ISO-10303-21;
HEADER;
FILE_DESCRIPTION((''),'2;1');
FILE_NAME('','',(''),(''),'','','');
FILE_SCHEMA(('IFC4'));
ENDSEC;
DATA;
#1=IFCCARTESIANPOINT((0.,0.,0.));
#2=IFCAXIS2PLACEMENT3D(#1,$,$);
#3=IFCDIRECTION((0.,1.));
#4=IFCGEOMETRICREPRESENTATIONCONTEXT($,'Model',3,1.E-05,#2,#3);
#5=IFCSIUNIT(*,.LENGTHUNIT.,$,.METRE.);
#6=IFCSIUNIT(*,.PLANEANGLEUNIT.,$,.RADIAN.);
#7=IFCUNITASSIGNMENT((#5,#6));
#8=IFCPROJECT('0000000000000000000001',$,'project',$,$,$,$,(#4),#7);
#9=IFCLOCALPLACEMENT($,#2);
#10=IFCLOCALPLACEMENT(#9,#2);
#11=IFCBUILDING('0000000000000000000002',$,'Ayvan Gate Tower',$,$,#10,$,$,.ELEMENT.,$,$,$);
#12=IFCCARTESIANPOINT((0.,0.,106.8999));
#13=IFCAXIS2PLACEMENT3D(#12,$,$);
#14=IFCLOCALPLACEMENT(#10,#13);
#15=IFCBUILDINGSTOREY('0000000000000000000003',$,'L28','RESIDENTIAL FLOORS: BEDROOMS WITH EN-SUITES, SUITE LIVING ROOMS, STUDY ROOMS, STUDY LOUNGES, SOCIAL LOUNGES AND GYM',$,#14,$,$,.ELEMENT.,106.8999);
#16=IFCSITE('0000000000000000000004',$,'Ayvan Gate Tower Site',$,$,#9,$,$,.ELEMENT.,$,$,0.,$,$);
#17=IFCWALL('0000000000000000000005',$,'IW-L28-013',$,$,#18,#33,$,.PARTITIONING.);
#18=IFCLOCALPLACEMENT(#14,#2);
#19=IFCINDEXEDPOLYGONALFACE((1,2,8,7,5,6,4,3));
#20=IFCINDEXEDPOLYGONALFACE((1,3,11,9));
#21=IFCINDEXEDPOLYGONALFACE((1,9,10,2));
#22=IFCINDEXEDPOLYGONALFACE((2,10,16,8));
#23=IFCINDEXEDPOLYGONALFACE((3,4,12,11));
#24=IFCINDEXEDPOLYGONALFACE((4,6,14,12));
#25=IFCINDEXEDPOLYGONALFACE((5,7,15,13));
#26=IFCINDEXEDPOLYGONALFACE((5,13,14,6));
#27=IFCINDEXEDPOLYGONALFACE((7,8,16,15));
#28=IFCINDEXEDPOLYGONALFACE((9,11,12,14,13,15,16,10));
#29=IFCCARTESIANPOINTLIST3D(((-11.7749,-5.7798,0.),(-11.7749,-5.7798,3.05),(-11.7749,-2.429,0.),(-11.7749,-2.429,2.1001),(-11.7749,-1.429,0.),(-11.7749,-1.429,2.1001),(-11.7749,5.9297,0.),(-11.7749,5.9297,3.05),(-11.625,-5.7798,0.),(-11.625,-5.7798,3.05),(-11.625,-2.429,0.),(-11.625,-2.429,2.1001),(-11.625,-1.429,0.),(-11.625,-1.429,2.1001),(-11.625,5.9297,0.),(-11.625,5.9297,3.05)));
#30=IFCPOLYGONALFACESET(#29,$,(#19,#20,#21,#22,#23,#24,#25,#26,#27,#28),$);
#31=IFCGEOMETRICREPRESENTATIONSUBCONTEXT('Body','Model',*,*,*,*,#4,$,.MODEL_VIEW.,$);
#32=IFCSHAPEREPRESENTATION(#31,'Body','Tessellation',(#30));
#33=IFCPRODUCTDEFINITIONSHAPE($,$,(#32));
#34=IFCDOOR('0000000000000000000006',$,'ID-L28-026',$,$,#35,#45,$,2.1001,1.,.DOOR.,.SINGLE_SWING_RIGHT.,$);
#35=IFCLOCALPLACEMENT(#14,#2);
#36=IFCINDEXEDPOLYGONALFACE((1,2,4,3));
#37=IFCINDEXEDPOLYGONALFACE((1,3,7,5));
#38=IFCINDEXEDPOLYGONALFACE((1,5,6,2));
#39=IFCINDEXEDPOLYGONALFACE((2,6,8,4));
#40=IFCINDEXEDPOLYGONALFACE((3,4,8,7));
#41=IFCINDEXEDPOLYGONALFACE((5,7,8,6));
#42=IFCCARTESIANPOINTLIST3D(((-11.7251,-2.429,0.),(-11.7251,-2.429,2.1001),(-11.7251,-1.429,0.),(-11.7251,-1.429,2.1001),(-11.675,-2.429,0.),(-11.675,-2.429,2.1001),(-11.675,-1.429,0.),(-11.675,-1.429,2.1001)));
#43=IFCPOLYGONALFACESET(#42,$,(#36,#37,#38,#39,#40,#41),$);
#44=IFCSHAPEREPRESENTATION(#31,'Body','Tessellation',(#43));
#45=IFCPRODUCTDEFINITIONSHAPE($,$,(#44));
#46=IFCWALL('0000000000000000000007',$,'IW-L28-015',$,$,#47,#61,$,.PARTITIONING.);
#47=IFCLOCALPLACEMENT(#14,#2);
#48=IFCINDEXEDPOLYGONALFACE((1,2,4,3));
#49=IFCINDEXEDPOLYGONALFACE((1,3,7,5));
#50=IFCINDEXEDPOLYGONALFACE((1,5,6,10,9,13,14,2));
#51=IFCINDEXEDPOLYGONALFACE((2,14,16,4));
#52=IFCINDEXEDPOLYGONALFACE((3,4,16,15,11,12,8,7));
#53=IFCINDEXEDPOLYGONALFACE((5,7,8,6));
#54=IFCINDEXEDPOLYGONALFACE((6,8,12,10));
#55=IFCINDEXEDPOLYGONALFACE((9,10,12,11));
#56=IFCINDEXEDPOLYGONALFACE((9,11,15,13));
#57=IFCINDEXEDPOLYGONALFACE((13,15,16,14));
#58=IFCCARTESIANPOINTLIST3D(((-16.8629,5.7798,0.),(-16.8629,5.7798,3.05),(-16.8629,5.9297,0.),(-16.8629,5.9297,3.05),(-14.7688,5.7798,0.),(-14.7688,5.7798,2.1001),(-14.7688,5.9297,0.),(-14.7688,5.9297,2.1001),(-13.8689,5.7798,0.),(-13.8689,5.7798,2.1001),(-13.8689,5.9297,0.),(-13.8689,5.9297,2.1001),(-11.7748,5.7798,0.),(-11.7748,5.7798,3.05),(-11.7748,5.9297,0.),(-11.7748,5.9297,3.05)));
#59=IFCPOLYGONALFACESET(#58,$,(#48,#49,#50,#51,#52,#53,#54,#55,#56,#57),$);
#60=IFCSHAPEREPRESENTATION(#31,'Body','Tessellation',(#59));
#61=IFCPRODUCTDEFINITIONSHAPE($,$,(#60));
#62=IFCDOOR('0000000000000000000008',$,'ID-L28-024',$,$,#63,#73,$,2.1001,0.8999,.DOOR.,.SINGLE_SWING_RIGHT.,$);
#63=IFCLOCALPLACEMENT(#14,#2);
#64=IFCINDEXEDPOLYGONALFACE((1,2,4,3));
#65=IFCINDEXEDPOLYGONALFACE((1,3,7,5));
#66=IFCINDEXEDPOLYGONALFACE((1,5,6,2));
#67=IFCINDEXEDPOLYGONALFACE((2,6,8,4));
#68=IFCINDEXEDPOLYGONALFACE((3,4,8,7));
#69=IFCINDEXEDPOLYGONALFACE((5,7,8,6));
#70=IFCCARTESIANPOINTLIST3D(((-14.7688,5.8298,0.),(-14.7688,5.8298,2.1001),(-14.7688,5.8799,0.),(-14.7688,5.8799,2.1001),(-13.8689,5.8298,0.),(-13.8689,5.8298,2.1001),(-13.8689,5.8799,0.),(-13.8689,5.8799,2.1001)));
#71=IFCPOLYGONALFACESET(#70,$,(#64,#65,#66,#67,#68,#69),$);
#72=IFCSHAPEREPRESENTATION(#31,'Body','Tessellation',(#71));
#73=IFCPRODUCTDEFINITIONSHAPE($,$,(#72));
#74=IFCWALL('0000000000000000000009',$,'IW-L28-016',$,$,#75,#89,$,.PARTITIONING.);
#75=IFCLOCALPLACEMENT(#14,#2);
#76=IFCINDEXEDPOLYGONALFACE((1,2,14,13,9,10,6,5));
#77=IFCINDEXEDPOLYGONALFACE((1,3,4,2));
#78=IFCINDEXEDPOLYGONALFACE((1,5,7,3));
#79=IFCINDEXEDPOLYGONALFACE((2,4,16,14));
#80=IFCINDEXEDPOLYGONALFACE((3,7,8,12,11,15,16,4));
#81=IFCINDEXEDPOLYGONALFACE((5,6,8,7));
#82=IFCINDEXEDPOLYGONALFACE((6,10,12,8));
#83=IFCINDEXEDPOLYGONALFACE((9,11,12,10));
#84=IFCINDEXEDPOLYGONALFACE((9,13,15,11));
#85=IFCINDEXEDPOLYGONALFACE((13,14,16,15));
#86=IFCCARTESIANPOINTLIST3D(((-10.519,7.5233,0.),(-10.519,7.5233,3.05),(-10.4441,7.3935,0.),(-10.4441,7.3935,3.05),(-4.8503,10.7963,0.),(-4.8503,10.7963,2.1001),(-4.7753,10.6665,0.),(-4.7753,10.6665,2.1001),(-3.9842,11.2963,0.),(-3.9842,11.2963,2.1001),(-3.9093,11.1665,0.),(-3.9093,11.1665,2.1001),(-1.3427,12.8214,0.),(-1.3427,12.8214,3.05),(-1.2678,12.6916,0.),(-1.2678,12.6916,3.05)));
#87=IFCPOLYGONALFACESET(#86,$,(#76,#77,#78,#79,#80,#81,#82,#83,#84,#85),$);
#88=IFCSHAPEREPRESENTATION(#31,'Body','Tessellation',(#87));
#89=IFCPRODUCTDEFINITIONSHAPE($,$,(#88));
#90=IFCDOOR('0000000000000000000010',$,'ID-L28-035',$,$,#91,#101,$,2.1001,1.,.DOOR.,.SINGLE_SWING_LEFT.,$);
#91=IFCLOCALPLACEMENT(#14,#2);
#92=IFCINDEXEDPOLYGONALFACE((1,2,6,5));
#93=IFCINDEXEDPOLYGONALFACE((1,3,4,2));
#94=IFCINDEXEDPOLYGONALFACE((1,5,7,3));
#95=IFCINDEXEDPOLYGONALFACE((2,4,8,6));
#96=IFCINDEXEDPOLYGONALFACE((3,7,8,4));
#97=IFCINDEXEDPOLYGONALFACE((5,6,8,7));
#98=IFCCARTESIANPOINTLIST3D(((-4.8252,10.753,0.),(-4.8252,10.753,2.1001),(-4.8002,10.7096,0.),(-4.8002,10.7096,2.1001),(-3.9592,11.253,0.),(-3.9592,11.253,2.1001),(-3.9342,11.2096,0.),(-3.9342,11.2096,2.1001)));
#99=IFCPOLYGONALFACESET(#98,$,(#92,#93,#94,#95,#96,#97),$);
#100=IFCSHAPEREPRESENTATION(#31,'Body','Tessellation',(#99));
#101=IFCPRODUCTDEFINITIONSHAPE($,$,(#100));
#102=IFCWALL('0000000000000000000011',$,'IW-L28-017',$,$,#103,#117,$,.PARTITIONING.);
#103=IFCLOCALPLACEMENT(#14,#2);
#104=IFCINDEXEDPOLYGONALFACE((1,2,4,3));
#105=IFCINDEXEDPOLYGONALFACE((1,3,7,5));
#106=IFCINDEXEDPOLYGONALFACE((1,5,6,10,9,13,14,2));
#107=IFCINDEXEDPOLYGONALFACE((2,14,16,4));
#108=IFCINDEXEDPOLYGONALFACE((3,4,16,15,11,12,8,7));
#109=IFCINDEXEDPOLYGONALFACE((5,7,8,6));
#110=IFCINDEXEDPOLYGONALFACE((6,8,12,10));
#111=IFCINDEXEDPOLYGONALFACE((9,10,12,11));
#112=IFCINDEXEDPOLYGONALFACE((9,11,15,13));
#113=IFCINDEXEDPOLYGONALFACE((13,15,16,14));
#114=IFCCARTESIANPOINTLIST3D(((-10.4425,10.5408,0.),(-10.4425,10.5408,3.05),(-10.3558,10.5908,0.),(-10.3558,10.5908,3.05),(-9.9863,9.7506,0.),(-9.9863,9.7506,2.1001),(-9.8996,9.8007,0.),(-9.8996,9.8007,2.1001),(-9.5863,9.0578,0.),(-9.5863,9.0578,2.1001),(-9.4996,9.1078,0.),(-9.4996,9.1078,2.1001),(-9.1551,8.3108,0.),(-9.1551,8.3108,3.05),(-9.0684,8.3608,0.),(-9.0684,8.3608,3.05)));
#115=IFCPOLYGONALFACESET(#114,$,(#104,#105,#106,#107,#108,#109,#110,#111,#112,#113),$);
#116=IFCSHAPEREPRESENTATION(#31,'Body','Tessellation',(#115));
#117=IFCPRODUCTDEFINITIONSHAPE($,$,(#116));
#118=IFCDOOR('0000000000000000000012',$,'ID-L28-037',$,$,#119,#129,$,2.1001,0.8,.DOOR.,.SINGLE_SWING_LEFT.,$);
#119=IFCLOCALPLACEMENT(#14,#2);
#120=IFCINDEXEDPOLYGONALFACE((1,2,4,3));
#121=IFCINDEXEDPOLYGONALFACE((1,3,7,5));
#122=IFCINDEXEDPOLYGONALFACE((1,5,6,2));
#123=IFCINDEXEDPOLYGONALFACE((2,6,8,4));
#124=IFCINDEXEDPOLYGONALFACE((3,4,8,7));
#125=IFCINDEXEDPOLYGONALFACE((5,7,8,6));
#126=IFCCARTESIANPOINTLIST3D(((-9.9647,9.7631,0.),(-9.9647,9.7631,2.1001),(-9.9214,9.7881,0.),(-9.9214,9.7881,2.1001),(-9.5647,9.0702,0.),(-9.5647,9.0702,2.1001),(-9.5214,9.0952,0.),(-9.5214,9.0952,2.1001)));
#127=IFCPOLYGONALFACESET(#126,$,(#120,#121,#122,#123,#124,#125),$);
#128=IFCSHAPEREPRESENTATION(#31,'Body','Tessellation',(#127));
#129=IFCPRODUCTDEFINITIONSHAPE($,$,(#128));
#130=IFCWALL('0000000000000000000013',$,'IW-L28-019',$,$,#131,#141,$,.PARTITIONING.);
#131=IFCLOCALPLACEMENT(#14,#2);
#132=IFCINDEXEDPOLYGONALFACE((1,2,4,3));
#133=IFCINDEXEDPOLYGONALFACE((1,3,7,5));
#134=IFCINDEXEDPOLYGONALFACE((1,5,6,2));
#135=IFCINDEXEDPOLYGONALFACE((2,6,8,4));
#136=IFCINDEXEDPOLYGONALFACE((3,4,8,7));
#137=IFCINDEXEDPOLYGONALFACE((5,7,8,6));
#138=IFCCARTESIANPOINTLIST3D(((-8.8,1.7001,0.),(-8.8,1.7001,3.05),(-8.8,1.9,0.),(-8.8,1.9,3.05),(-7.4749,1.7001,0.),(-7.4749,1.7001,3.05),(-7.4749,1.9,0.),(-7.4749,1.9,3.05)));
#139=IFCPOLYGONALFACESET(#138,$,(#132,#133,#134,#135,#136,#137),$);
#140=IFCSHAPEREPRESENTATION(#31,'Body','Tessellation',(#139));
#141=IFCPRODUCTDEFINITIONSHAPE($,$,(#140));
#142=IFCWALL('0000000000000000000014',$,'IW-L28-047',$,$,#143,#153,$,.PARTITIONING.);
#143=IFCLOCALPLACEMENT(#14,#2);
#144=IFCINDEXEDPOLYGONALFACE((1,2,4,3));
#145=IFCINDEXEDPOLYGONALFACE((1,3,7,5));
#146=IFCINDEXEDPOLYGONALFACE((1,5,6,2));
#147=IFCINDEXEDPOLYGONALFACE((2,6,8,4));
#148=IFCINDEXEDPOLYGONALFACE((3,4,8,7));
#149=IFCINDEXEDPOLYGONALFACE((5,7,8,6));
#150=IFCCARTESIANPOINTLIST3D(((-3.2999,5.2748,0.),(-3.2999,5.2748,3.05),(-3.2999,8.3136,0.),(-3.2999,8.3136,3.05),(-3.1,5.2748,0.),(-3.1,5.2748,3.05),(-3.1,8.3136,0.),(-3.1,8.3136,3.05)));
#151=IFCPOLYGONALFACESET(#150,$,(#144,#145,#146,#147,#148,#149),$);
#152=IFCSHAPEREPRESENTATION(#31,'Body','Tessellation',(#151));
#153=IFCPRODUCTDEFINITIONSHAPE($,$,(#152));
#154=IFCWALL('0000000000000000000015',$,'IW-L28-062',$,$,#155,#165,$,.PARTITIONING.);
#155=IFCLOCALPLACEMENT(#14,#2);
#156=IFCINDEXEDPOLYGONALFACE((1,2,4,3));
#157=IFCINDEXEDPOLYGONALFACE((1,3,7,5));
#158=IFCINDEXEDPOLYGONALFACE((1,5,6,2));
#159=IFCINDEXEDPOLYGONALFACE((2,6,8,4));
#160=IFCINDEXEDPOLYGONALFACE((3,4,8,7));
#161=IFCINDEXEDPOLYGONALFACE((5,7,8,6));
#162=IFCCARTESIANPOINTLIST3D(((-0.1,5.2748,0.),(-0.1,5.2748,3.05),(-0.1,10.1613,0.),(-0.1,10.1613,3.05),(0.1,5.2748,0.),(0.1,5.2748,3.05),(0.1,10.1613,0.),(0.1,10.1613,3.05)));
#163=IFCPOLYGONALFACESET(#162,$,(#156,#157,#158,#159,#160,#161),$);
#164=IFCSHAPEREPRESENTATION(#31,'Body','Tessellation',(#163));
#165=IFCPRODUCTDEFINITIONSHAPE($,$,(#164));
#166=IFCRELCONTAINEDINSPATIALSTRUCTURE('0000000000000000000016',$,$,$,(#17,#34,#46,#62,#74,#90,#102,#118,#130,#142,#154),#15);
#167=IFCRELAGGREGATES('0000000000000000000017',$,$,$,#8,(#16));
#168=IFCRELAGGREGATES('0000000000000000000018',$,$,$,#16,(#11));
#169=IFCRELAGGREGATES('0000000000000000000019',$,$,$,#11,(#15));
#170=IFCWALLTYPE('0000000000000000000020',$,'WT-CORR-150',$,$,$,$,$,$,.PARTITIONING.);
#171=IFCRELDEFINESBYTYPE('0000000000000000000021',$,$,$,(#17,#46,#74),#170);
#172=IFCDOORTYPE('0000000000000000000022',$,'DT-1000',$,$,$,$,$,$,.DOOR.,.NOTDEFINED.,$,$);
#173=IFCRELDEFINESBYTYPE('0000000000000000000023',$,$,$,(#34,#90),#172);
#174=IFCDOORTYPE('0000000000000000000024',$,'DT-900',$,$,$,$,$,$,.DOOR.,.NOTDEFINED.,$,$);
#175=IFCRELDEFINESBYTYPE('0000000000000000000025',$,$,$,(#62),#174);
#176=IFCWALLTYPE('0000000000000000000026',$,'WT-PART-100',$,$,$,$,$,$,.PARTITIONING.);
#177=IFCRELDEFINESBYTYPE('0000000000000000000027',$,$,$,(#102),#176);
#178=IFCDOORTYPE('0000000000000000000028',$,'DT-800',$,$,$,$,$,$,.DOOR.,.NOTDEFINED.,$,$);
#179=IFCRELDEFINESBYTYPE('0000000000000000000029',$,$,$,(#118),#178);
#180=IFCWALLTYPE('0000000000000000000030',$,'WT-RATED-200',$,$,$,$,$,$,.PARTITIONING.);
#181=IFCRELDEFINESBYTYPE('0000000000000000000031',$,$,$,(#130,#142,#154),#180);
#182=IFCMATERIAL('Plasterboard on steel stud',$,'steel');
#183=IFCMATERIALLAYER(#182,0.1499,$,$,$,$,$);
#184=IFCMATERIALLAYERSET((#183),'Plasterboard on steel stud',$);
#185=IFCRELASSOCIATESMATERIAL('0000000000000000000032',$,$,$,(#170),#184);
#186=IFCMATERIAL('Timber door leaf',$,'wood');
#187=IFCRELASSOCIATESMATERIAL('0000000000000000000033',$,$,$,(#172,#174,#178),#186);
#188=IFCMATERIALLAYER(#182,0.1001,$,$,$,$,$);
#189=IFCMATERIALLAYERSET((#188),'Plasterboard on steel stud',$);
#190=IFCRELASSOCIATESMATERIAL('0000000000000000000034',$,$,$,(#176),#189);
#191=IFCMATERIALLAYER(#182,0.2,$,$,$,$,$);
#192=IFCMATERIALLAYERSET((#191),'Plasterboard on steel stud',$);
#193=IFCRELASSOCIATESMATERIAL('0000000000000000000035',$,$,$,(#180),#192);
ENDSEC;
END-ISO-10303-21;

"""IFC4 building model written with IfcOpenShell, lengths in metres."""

from ifc_helpers import new_model, si_unit, direction, frame, frame_2d, origin, place, context, subcontext, project, spatial, rectangle, extrude, material, layer, layer_set, type_object, element, fill, save


model = new_model("IFC4")

# Units and contexts
model_context = context("Model", 3, precision=1e-05, world=origin(), true_north=direction((0.0, 1.0)))
body_context = subcontext(model_context, "Body", "Model", "MODEL_VIEW")
ifc_project = project(units=[si_unit("LENGTHUNIT", "METRE"), si_unit("PLANEANGLEUNIT", "RADIAN")], contexts=[model_context])

# Site, building, storey
site_placement = place(None, origin())
site = spatial("IfcSite", under=ifc_project, at=site_placement, Name="Ayvan Gate Tower Site", CompositionType="ELEMENT", RefElevation=0.0)
building_placement = place(site_placement, origin())
building = spatial("IfcBuilding", under=site, at=building_placement, Name="Ayvan Gate Tower", CompositionType="ELEMENT")
storey_placement = place(building_placement, frame((0.0, 0.0, 106.8999)))
storey = spatial("IfcBuildingStorey", under=building, at=storey_placement, Name="L28", Description="RESIDENTIAL FLOORS: BEDROOMS WITH EN-SUITES, SUITE LIVING ROOMS, STUDY ROOMS, STUDY LOUNGES, SOCIAL LOUNGES AND GYM", CompositionType="ELEMENT", Elevation=106.8999)

# Walls, openings, doors
ifc_material_1 = material(Name="Timber door leaf", Category="wood")
ifc_material_2 = material(Name="Plasterboard on steel stud", Category="steel")
ifc_layer_1 = layer(ifc_material_2, 0.1499)
ifc_layer_set_1 = layer_set([ifc_layer_1], Name="Plasterboard on steel stud")
wall_type_1 = type_object("IfcWallType", Name="WT-CORR-150", PredefinedType="PARTITIONING", material=ifc_layer_set_1)
wall_1_placement = place(storey_placement, frame((-11.7, 5.9297, 0.0), z_axis=(0.0, 0.0, 1.0), x_axis=(0.0, -1.0, 0.0)))
wall_1 = element("IfcWall", 1, at=wall_1_placement, inside=storey, type_object=wall_type_1, Name="IW-L28-013", PredefinedType="PARTITIONING", context=body_context, shape_type="SweptSolid", body=[
    extrude(rectangle(XDim=11.7095, YDim=0.1499, at=frame_2d((5.8547, 0.0))), origin(), (0.0, 0.0, 1.0), 3.05),
])
opening_1_placement = place(wall_1_placement, frame((7.3586, 0.0, 0.0)))
opening_1 = element("IfcOpeningElement", 2, at=opening_1_placement, cuts=wall_1, PredefinedType="OPENING", context=body_context, shape_type="SweptSolid", body=[
    extrude(rectangle(XDim=1.0, YDim=2.1001, at=frame_2d((0.5, 1.05))), frame((0.0, 0.085, 0.0), z_axis=(0.0, -1.0, 0.0), x_axis=(1.0, 0.0, 0.0)), (0.0, 0.0, 1.0), 0.1699),
])
door_type_1 = type_object("IfcDoorType", Name="DT-1000", OperationType="NOTDEFINED", PredefinedType="DOOR", material=ifc_material_1)
door_1_placement = place(opening_1_placement, origin())
door_1 = element("IfcDoor", 3, at=door_1_placement, inside=storey, type_object=door_type_1, Name="ID-L28-026", OperationType="SINGLE_SWING_RIGHT", OverallHeight=2.1001, OverallWidth=1.0, PredefinedType="DOOR", context=body_context, shape_type="SweptSolid", body=[
    extrude(rectangle(XDim=1.0, YDim=2.1001, at=frame_2d((0.5, 1.05))), frame((0.0, 0.0249, 0.0), z_axis=(0.0, -1.0, 0.0), x_axis=(1.0, 0.0, 0.0)), (0.0, 0.0, 1.0), 0.05),
])
fill(opening_1, door_1)
wall_2_placement = place(storey_placement, frame((-11.7749, 5.8547, 0.0), z_axis=(0.0, 0.0, 1.0), x_axis=(-1.0, 0.0, 0.0)))
wall_2 = element("IfcWall", 4, at=wall_2_placement, inside=storey, type_object=wall_type_1, Name="IW-L28-015", PredefinedType="PARTITIONING", context=body_context, shape_type="SweptSolid", body=[
    extrude(rectangle(XDim=5.0881, YDim=0.1499, at=frame_2d((2.5439, 0.0))), origin(), (0.0, 0.0, 1.0), 3.05),
])
opening_2_placement = place(wall_2_placement, frame((2.094, 0.0, 0.0)))
opening_2 = element("IfcOpeningElement", 5, at=opening_2_placement, cuts=wall_2, PredefinedType="OPENING", context=body_context, shape_type="SweptSolid", body=[
    extrude(rectangle(XDim=0.8999, YDim=2.1001, at=frame_2d((0.45, 1.05))), frame((0.0, 0.085, 0.0), z_axis=(0.0, -1.0, 0.0), x_axis=(1.0, 0.0, 0.0)), (0.0, 0.0, 1.0), 0.1699),
])
door_type_2 = type_object("IfcDoorType", Name="DT-900", OperationType="NOTDEFINED", PredefinedType="DOOR", material=ifc_material_1)
door_2_placement = place(opening_2_placement, origin())
door_2 = element("IfcDoor", 6, at=door_2_placement, inside=storey, type_object=door_type_2, Name="ID-L28-024", OperationType="SINGLE_SWING_RIGHT", OverallHeight=2.1001, OverallWidth=0.8999, PredefinedType="DOOR", context=body_context, shape_type="SweptSolid", body=[
    extrude(rectangle(XDim=0.8999, YDim=2.1001, at=frame_2d((0.45, 1.05))), frame((0.0, 0.0249, 0.0), z_axis=(0.0, -1.0, 0.0), x_axis=(1.0, 0.0, 0.0)), (0.0, 0.0, 1.0), 0.05),
])
fill(opening_2, door_2)
wall_3_placement = place(storey_placement, frame((-10.4814, 7.4585, 0.0), z_axis=(0.0, 0.0, 1.0), x_axis=(0.866018, 0.500012, 0.0)))
wall_3 = element("IfcWall", 7, at=wall_3_placement, inside=storey, type_object=wall_type_1, Name="IW-L28-016", PredefinedType="PARTITIONING", context=body_context, shape_type="SweptSolid", body=[
    extrude(rectangle(XDim=10.5959, YDim=0.1499, at=frame_2d((5.2979, 0.0))), origin(), (0.0, 0.0, 1.0), 3.05),
])
opening_3_placement = place(wall_3_placement, frame((6.5457, 0.0, 0.0)))
opening_3 = element("IfcOpeningElement", 8, at=opening_3_placement, cuts=wall_3, PredefinedType="OPENING", context=body_context, shape_type="SweptSolid", body=[
    extrude(rectangle(XDim=1.0, YDim=2.1001, at=frame_2d((0.5, 1.05))), frame((0.0, 0.085, 0.0), z_axis=(0.0, -1.0, 0.0), x_axis=(1.0, 0.0, 0.0)), (0.0, 0.0, 1.0), 0.1699),
])
door_3_placement = place(opening_3_placement, origin())
door_3 = element("IfcDoor", 9, at=door_3_placement, inside=storey, type_object=door_type_1, Name="ID-L28-035", OperationType="SINGLE_SWING_LEFT", OverallHeight=2.1001, OverallWidth=1.0, PredefinedType="DOOR", context=body_context, shape_type="SweptSolid", body=[
    extrude(rectangle(XDim=1.0, YDim=2.1001, at=frame_2d((0.5, 1.05))), frame((0.0, 0.0249, 0.0), z_axis=(0.0, -1.0, 0.0), x_axis=(1.0, 0.0, 0.0)), (0.0, 0.0, 1.0), 0.05),
])
fill(opening_3, door_3)
ifc_layer_2 = layer(ifc_material_2, 0.1001)
ifc_layer_set_2 = layer_set([ifc_layer_2], Name="Plasterboard on steel stud")
wall_type_2 = type_object("IfcWallType", Name="WT-PART-100", PredefinedType="PARTITIONING", material=ifc_layer_set_2)
wall_4_placement = place(storey_placement, frame((-10.3992, 10.5659, 0.0), z_axis=(0.0, 0.0, 1.0), x_axis=(0.499963, -0.866047, 0.0)))
wall_4 = element("IfcWall", 10, at=wall_4_placement, inside=storey, type_object=wall_type_2, Name="IW-L28-017", PredefinedType="PARTITIONING", context=body_context, shape_type="SweptSolid", body=[
    extrude(rectangle(XDim=2.575, YDim=0.1001, at=frame_2d((1.2876, 0.0))), origin(), (0.0, 0.0, 1.0), 3.05),
])
opening_4_placement = place(wall_4_placement, frame((0.9126, 0.0, 0.0)))
opening_4 = element("IfcOpeningElement", 11, at=opening_4_placement, cuts=wall_4, PredefinedType="OPENING", context=body_context, shape_type="SweptSolid", body=[
    extrude(rectangle(XDim=0.8, YDim=2.1001, at=frame_2d((0.3999, 1.05))), frame((0.0, 0.0601, 0.0), z_axis=(0.0, -1.0, 0.0), x_axis=(1.0, 0.0, 0.0)), (0.0, 0.0, 1.0), 0.1201),
])
door_type_3 = type_object("IfcDoorType", Name="DT-800", OperationType="NOTDEFINED", PredefinedType="DOOR", material=ifc_material_1)
door_4_placement = place(opening_4_placement, origin())
door_4 = element("IfcDoor", 12, at=door_4_placement, inside=storey, type_object=door_type_3, Name="ID-L28-037", OperationType="SINGLE_SWING_LEFT", OverallHeight=2.1001, OverallWidth=0.8, PredefinedType="DOOR", context=body_context, shape_type="SweptSolid", body=[
    extrude(rectangle(XDim=0.8, YDim=2.1001, at=frame_2d((0.3999, 1.05))), frame((0.0, 0.0249, 0.0), z_axis=(0.0, -1.0, 0.0), x_axis=(1.0, 0.0, 0.0)), (0.0, 0.0, 1.0), 0.05),
])
fill(opening_4, door_4)

# Walls
ifc_layer_3 = layer(ifc_material_2, 0.2)
ifc_layer_set_3 = layer_set([ifc_layer_3], Name="Plasterboard on steel stud")
wall_type_3 = type_object("IfcWallType", Name="WT-RATED-200", PredefinedType="PARTITIONING", material=ifc_layer_set_3)
wall_5_placement = place(storey_placement, frame((-8.8, 1.8, 0.0), z_axis=(0.0, 0.0, 1.0), x_axis=(1.0, 0.0, 0.0)))
element("IfcWall", 13, at=wall_5_placement, inside=storey, type_object=wall_type_3, Name="IW-L28-019", PredefinedType="PARTITIONING", context=body_context, shape_type="SweptSolid", body=[
    extrude(rectangle(XDim=1.3252, YDim=0.2, at=frame_2d((0.6626, 0.0))), origin(), (0.0, 0.0, 1.0), 3.05),
])
wall_6_placement = place(storey_placement, frame((-3.2, 8.3137, 0.0), z_axis=(0.0, 0.0, 1.0), x_axis=(0.0, -1.0, 0.0)))
element("IfcWall", 14, at=wall_6_placement, inside=storey, type_object=wall_type_3, Name="IW-L28-047", PredefinedType="PARTITIONING", context=body_context, shape_type="SweptSolid", body=[
    extrude(rectangle(XDim=3.0388, YDim=0.2, at=frame_2d((1.5195, 0.0))), origin(), (0.0, 0.0, 1.0), 3.05),
])
wall_7_placement = place(storey_placement, frame((0.0, 10.1614, 0.0), z_axis=(0.0, 0.0, 1.0), x_axis=(0.0, -1.0, 0.0)))
element("IfcWall", 15, at=wall_7_placement, inside=storey, type_object=wall_type_3, Name="IW-L28-062", PredefinedType="PARTITIONING", context=body_context, shape_type="SweptSolid", body=[
    extrude(rectangle(XDim=4.8865, YDim=0.2, at=frame_2d((2.4434, 0.0))), origin(), (0.0, 0.0, 1.0), 3.05),
])

save(model, "model.ifc")
